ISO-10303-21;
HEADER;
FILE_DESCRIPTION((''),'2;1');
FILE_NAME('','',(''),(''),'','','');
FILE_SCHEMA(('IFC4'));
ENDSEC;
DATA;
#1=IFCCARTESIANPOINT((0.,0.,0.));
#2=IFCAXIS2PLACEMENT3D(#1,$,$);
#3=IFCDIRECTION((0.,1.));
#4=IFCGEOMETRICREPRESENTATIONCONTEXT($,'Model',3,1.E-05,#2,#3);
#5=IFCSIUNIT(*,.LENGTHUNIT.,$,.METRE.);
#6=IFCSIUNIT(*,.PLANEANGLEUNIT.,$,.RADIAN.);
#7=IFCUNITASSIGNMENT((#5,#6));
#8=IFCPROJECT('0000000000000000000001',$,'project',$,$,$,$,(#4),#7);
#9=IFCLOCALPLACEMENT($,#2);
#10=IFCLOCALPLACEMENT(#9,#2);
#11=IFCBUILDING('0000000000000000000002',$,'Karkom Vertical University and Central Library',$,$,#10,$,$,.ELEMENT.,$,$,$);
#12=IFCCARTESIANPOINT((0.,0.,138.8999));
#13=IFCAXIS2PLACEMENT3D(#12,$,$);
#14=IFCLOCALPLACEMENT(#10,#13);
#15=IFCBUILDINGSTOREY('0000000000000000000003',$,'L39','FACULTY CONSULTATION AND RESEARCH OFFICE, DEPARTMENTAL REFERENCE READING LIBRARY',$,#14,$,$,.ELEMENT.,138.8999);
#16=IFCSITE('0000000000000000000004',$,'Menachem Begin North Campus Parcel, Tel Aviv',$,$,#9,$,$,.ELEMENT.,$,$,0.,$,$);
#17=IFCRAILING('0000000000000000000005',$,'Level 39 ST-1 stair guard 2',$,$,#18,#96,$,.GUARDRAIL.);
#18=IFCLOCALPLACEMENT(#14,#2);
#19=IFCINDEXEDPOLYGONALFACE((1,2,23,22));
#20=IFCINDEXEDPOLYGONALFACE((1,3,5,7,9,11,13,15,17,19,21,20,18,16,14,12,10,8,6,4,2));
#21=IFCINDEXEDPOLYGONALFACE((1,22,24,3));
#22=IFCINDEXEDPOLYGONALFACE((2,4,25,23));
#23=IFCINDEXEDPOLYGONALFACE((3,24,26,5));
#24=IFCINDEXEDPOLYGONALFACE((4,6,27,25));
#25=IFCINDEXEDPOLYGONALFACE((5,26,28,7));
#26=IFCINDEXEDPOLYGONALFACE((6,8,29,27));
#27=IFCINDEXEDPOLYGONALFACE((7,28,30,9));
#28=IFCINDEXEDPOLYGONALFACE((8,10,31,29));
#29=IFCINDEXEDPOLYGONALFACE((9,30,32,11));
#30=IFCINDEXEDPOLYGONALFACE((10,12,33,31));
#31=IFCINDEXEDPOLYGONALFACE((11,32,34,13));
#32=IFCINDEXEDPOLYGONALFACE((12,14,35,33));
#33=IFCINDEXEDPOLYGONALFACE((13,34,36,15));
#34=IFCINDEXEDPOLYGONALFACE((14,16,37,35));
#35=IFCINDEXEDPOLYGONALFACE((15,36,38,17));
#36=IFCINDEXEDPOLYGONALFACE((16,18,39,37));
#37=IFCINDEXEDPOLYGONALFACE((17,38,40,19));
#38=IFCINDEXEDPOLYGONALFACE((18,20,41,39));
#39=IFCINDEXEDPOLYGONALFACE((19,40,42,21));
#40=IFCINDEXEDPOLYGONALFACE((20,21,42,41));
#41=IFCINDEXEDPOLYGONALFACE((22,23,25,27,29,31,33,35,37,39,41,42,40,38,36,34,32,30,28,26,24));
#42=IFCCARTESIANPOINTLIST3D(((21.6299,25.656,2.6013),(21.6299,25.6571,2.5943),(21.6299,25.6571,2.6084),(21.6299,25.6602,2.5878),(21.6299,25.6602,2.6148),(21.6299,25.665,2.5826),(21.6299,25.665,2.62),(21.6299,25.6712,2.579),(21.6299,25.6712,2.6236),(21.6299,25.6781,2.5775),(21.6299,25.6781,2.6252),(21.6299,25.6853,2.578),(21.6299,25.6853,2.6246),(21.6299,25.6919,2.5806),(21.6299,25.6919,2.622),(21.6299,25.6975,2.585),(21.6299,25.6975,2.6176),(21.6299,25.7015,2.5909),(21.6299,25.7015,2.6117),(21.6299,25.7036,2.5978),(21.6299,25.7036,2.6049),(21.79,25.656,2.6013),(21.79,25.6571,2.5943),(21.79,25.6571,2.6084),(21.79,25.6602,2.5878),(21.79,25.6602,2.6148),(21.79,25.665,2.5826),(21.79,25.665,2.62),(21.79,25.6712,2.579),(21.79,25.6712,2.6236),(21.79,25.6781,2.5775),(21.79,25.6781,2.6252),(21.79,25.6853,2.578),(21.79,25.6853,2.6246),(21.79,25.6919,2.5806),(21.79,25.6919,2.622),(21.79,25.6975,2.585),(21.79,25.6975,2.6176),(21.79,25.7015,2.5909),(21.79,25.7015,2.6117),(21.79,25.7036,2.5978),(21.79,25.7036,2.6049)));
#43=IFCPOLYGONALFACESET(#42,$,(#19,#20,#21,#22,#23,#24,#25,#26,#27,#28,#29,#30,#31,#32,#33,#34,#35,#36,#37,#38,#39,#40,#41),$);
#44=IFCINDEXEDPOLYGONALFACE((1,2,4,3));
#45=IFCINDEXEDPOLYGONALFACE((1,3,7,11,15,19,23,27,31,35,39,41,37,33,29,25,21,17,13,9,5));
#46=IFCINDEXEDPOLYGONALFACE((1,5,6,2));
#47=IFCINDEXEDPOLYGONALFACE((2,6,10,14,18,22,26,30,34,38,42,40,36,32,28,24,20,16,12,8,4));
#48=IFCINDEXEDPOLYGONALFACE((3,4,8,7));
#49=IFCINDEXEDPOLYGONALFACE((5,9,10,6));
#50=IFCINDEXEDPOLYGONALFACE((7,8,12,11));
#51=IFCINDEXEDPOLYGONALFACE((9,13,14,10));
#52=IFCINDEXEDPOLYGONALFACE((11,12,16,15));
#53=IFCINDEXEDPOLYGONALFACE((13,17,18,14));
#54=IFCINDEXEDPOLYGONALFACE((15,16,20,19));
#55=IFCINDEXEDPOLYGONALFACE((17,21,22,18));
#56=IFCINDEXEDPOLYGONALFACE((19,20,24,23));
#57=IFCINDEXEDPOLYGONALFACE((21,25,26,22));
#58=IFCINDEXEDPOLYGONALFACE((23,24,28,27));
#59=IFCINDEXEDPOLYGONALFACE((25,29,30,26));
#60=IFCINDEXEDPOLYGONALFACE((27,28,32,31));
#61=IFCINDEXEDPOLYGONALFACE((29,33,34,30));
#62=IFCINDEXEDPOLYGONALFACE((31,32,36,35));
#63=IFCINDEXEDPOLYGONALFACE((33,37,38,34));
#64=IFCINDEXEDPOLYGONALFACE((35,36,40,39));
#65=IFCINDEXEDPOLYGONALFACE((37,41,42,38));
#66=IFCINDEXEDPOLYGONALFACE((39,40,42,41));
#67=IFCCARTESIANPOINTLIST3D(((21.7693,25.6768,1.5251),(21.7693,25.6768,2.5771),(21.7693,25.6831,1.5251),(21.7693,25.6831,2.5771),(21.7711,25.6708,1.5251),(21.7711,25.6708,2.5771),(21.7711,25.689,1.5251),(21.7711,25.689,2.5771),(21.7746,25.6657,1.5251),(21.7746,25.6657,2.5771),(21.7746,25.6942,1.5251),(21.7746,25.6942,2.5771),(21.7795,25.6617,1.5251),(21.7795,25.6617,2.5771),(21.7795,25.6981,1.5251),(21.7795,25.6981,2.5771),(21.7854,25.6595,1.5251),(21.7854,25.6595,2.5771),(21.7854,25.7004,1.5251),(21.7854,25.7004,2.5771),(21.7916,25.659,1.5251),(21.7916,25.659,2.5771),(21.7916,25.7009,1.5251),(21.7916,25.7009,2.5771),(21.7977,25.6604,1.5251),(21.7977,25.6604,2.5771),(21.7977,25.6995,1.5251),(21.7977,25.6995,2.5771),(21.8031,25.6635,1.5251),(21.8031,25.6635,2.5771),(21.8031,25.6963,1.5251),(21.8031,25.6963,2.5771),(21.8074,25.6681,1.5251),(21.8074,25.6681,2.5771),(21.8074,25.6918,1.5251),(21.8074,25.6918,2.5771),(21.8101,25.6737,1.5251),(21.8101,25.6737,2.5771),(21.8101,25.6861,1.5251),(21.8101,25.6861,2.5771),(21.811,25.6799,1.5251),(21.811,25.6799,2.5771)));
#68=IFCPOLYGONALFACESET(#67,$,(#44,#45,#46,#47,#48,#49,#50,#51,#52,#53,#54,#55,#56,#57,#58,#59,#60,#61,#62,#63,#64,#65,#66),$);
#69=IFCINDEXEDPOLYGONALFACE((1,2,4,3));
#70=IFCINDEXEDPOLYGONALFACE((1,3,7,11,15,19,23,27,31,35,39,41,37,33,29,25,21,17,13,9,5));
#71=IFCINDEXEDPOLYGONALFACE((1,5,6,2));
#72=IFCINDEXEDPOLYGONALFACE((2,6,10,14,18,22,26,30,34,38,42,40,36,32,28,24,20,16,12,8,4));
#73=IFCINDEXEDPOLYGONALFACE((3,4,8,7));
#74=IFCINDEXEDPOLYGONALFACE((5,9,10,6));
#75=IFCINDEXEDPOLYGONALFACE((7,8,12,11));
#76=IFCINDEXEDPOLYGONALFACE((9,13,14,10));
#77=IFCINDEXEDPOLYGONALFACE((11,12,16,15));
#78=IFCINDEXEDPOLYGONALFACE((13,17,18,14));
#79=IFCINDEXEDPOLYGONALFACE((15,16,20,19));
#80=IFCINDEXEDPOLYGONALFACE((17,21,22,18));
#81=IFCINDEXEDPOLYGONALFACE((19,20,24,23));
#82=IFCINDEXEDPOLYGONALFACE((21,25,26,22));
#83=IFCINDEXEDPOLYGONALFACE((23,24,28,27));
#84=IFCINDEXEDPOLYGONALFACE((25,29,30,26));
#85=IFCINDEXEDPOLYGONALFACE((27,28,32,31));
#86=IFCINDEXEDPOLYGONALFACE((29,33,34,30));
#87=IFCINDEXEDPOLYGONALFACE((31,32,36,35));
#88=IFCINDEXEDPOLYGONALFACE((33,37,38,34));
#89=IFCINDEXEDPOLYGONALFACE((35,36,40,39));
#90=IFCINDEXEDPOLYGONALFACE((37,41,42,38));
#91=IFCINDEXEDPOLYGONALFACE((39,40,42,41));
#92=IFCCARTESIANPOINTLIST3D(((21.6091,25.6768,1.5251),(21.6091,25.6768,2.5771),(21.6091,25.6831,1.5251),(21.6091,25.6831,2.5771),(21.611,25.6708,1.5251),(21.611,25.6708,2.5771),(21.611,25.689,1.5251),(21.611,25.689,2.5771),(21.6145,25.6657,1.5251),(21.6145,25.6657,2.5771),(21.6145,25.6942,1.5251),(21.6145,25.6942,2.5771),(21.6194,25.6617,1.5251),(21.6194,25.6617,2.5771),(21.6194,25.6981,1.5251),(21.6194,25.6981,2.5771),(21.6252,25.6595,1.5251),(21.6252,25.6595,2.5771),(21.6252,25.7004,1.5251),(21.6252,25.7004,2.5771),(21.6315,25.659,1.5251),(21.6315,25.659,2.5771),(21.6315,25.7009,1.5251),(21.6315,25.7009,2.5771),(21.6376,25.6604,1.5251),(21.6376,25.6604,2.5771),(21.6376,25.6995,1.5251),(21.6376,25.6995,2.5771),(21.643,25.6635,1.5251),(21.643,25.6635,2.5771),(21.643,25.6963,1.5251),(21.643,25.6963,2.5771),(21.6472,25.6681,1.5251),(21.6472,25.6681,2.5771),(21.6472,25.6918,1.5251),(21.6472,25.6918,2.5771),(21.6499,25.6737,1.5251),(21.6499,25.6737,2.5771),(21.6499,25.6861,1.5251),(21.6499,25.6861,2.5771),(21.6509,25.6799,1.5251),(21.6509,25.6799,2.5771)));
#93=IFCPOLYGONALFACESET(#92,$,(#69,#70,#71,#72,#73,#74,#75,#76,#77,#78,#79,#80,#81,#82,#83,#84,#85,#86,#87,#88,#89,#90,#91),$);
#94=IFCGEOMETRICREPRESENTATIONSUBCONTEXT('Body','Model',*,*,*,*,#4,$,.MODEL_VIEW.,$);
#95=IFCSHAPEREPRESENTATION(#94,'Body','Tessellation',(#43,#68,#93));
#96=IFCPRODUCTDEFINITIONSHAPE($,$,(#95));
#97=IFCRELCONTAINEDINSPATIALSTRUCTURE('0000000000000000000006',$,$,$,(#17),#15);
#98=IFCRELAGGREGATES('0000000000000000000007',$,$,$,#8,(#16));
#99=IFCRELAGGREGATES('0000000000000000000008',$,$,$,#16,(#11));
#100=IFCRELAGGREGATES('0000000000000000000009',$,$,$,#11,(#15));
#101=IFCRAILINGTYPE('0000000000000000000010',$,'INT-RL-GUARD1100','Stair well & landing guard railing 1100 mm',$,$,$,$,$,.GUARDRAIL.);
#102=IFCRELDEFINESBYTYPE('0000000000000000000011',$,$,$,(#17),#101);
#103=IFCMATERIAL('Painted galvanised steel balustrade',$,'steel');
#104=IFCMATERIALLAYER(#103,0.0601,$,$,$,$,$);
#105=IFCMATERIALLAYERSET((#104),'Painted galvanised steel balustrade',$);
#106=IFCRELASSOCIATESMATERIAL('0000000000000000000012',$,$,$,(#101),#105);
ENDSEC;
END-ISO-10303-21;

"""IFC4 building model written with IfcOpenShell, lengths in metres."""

from ifc_helpers import new_model, si_unit, direction, frame, origin, origin_2d, place, context, subcontext, project, spatial, circle, extrude, material, layer, layer_set, type_object, element, save


model = new_model("IFC4")

# Units and contexts
model_context = context("Model", 3, precision=1e-05, world=origin(), true_north=direction((0.0, 1.0)))
body_context = subcontext(model_context, "Body", "Model", "MODEL_VIEW")
ifc_project = project(units=[si_unit("LENGTHUNIT", "METRE"), si_unit("PLANEANGLEUNIT", "RADIAN")], contexts=[model_context])

# Site, building, storey
site_placement = place(None, origin())
site = spatial("IfcSite", under=ifc_project, at=site_placement, Name="Menachem Begin North Campus Parcel, Tel Aviv", CompositionType="ELEMENT", RefElevation=0.0)
building_placement = place(site_placement, origin())
building = spatial("IfcBuilding", under=site, at=building_placement, Name="Karkom Vertical University and Central Library", CompositionType="ELEMENT")
storey_placement = place(building_placement, frame((0.0, 0.0, 138.8999)))
storey = spatial("IfcBuildingStorey", under=building, at=storey_placement, Name="L39", Description="FACULTY CONSULTATION AND RESEARCH OFFICE, DEPARTMENTAL REFERENCE READING LIBRARY", CompositionType="ELEMENT", Elevation=138.8999)

# Railing
ifc_material_1 = material(Name="Painted galvanised steel balustrade", Category="steel")
ifc_layer_1 = layer(ifc_material_1, 0.0601)
ifc_layer_set_1 = layer_set([ifc_layer_1], Name="Painted galvanised steel balustrade")
railing_type_1 = type_object("IfcRailingType", Name="INT-RL-GUARD1100", Description="Stair well & landing guard railing 1100 mm", PredefinedType="GUARDRAIL", material=ifc_layer_set_1)
railing_1_placement = place(storey_placement, frame((21.79, 25.6799, 1.5251)))
element("IfcRailing", 1, at=railing_1_placement, inside=storey, type_object=railing_type_1, Name="Level 39 ST-1 stair guard 2", PredefinedType="GUARDRAIL", context=body_context, shape_type="SweptSolid", body=[
    extrude(circle(Radius=0.0239, at=origin_2d()), frame((0.0, 0.0, 1.0762), z_axis=(-1.0, 0.0, 0.0), x_axis=(0.0, -1.0, 0.0)), (0.0, 0.0, 1.0), 0.1602),
    extrude(circle(Radius=0.021, at=origin_2d()), origin(), (0.0, 0.0, 1.0), 1.052),
    extrude(circle(Radius=0.021, at=origin_2d()), frame((-0.1602, 0.0, 0.0)), (0.0, 0.0, 1.0), 1.052),
])

save(model, "model.ifc")
